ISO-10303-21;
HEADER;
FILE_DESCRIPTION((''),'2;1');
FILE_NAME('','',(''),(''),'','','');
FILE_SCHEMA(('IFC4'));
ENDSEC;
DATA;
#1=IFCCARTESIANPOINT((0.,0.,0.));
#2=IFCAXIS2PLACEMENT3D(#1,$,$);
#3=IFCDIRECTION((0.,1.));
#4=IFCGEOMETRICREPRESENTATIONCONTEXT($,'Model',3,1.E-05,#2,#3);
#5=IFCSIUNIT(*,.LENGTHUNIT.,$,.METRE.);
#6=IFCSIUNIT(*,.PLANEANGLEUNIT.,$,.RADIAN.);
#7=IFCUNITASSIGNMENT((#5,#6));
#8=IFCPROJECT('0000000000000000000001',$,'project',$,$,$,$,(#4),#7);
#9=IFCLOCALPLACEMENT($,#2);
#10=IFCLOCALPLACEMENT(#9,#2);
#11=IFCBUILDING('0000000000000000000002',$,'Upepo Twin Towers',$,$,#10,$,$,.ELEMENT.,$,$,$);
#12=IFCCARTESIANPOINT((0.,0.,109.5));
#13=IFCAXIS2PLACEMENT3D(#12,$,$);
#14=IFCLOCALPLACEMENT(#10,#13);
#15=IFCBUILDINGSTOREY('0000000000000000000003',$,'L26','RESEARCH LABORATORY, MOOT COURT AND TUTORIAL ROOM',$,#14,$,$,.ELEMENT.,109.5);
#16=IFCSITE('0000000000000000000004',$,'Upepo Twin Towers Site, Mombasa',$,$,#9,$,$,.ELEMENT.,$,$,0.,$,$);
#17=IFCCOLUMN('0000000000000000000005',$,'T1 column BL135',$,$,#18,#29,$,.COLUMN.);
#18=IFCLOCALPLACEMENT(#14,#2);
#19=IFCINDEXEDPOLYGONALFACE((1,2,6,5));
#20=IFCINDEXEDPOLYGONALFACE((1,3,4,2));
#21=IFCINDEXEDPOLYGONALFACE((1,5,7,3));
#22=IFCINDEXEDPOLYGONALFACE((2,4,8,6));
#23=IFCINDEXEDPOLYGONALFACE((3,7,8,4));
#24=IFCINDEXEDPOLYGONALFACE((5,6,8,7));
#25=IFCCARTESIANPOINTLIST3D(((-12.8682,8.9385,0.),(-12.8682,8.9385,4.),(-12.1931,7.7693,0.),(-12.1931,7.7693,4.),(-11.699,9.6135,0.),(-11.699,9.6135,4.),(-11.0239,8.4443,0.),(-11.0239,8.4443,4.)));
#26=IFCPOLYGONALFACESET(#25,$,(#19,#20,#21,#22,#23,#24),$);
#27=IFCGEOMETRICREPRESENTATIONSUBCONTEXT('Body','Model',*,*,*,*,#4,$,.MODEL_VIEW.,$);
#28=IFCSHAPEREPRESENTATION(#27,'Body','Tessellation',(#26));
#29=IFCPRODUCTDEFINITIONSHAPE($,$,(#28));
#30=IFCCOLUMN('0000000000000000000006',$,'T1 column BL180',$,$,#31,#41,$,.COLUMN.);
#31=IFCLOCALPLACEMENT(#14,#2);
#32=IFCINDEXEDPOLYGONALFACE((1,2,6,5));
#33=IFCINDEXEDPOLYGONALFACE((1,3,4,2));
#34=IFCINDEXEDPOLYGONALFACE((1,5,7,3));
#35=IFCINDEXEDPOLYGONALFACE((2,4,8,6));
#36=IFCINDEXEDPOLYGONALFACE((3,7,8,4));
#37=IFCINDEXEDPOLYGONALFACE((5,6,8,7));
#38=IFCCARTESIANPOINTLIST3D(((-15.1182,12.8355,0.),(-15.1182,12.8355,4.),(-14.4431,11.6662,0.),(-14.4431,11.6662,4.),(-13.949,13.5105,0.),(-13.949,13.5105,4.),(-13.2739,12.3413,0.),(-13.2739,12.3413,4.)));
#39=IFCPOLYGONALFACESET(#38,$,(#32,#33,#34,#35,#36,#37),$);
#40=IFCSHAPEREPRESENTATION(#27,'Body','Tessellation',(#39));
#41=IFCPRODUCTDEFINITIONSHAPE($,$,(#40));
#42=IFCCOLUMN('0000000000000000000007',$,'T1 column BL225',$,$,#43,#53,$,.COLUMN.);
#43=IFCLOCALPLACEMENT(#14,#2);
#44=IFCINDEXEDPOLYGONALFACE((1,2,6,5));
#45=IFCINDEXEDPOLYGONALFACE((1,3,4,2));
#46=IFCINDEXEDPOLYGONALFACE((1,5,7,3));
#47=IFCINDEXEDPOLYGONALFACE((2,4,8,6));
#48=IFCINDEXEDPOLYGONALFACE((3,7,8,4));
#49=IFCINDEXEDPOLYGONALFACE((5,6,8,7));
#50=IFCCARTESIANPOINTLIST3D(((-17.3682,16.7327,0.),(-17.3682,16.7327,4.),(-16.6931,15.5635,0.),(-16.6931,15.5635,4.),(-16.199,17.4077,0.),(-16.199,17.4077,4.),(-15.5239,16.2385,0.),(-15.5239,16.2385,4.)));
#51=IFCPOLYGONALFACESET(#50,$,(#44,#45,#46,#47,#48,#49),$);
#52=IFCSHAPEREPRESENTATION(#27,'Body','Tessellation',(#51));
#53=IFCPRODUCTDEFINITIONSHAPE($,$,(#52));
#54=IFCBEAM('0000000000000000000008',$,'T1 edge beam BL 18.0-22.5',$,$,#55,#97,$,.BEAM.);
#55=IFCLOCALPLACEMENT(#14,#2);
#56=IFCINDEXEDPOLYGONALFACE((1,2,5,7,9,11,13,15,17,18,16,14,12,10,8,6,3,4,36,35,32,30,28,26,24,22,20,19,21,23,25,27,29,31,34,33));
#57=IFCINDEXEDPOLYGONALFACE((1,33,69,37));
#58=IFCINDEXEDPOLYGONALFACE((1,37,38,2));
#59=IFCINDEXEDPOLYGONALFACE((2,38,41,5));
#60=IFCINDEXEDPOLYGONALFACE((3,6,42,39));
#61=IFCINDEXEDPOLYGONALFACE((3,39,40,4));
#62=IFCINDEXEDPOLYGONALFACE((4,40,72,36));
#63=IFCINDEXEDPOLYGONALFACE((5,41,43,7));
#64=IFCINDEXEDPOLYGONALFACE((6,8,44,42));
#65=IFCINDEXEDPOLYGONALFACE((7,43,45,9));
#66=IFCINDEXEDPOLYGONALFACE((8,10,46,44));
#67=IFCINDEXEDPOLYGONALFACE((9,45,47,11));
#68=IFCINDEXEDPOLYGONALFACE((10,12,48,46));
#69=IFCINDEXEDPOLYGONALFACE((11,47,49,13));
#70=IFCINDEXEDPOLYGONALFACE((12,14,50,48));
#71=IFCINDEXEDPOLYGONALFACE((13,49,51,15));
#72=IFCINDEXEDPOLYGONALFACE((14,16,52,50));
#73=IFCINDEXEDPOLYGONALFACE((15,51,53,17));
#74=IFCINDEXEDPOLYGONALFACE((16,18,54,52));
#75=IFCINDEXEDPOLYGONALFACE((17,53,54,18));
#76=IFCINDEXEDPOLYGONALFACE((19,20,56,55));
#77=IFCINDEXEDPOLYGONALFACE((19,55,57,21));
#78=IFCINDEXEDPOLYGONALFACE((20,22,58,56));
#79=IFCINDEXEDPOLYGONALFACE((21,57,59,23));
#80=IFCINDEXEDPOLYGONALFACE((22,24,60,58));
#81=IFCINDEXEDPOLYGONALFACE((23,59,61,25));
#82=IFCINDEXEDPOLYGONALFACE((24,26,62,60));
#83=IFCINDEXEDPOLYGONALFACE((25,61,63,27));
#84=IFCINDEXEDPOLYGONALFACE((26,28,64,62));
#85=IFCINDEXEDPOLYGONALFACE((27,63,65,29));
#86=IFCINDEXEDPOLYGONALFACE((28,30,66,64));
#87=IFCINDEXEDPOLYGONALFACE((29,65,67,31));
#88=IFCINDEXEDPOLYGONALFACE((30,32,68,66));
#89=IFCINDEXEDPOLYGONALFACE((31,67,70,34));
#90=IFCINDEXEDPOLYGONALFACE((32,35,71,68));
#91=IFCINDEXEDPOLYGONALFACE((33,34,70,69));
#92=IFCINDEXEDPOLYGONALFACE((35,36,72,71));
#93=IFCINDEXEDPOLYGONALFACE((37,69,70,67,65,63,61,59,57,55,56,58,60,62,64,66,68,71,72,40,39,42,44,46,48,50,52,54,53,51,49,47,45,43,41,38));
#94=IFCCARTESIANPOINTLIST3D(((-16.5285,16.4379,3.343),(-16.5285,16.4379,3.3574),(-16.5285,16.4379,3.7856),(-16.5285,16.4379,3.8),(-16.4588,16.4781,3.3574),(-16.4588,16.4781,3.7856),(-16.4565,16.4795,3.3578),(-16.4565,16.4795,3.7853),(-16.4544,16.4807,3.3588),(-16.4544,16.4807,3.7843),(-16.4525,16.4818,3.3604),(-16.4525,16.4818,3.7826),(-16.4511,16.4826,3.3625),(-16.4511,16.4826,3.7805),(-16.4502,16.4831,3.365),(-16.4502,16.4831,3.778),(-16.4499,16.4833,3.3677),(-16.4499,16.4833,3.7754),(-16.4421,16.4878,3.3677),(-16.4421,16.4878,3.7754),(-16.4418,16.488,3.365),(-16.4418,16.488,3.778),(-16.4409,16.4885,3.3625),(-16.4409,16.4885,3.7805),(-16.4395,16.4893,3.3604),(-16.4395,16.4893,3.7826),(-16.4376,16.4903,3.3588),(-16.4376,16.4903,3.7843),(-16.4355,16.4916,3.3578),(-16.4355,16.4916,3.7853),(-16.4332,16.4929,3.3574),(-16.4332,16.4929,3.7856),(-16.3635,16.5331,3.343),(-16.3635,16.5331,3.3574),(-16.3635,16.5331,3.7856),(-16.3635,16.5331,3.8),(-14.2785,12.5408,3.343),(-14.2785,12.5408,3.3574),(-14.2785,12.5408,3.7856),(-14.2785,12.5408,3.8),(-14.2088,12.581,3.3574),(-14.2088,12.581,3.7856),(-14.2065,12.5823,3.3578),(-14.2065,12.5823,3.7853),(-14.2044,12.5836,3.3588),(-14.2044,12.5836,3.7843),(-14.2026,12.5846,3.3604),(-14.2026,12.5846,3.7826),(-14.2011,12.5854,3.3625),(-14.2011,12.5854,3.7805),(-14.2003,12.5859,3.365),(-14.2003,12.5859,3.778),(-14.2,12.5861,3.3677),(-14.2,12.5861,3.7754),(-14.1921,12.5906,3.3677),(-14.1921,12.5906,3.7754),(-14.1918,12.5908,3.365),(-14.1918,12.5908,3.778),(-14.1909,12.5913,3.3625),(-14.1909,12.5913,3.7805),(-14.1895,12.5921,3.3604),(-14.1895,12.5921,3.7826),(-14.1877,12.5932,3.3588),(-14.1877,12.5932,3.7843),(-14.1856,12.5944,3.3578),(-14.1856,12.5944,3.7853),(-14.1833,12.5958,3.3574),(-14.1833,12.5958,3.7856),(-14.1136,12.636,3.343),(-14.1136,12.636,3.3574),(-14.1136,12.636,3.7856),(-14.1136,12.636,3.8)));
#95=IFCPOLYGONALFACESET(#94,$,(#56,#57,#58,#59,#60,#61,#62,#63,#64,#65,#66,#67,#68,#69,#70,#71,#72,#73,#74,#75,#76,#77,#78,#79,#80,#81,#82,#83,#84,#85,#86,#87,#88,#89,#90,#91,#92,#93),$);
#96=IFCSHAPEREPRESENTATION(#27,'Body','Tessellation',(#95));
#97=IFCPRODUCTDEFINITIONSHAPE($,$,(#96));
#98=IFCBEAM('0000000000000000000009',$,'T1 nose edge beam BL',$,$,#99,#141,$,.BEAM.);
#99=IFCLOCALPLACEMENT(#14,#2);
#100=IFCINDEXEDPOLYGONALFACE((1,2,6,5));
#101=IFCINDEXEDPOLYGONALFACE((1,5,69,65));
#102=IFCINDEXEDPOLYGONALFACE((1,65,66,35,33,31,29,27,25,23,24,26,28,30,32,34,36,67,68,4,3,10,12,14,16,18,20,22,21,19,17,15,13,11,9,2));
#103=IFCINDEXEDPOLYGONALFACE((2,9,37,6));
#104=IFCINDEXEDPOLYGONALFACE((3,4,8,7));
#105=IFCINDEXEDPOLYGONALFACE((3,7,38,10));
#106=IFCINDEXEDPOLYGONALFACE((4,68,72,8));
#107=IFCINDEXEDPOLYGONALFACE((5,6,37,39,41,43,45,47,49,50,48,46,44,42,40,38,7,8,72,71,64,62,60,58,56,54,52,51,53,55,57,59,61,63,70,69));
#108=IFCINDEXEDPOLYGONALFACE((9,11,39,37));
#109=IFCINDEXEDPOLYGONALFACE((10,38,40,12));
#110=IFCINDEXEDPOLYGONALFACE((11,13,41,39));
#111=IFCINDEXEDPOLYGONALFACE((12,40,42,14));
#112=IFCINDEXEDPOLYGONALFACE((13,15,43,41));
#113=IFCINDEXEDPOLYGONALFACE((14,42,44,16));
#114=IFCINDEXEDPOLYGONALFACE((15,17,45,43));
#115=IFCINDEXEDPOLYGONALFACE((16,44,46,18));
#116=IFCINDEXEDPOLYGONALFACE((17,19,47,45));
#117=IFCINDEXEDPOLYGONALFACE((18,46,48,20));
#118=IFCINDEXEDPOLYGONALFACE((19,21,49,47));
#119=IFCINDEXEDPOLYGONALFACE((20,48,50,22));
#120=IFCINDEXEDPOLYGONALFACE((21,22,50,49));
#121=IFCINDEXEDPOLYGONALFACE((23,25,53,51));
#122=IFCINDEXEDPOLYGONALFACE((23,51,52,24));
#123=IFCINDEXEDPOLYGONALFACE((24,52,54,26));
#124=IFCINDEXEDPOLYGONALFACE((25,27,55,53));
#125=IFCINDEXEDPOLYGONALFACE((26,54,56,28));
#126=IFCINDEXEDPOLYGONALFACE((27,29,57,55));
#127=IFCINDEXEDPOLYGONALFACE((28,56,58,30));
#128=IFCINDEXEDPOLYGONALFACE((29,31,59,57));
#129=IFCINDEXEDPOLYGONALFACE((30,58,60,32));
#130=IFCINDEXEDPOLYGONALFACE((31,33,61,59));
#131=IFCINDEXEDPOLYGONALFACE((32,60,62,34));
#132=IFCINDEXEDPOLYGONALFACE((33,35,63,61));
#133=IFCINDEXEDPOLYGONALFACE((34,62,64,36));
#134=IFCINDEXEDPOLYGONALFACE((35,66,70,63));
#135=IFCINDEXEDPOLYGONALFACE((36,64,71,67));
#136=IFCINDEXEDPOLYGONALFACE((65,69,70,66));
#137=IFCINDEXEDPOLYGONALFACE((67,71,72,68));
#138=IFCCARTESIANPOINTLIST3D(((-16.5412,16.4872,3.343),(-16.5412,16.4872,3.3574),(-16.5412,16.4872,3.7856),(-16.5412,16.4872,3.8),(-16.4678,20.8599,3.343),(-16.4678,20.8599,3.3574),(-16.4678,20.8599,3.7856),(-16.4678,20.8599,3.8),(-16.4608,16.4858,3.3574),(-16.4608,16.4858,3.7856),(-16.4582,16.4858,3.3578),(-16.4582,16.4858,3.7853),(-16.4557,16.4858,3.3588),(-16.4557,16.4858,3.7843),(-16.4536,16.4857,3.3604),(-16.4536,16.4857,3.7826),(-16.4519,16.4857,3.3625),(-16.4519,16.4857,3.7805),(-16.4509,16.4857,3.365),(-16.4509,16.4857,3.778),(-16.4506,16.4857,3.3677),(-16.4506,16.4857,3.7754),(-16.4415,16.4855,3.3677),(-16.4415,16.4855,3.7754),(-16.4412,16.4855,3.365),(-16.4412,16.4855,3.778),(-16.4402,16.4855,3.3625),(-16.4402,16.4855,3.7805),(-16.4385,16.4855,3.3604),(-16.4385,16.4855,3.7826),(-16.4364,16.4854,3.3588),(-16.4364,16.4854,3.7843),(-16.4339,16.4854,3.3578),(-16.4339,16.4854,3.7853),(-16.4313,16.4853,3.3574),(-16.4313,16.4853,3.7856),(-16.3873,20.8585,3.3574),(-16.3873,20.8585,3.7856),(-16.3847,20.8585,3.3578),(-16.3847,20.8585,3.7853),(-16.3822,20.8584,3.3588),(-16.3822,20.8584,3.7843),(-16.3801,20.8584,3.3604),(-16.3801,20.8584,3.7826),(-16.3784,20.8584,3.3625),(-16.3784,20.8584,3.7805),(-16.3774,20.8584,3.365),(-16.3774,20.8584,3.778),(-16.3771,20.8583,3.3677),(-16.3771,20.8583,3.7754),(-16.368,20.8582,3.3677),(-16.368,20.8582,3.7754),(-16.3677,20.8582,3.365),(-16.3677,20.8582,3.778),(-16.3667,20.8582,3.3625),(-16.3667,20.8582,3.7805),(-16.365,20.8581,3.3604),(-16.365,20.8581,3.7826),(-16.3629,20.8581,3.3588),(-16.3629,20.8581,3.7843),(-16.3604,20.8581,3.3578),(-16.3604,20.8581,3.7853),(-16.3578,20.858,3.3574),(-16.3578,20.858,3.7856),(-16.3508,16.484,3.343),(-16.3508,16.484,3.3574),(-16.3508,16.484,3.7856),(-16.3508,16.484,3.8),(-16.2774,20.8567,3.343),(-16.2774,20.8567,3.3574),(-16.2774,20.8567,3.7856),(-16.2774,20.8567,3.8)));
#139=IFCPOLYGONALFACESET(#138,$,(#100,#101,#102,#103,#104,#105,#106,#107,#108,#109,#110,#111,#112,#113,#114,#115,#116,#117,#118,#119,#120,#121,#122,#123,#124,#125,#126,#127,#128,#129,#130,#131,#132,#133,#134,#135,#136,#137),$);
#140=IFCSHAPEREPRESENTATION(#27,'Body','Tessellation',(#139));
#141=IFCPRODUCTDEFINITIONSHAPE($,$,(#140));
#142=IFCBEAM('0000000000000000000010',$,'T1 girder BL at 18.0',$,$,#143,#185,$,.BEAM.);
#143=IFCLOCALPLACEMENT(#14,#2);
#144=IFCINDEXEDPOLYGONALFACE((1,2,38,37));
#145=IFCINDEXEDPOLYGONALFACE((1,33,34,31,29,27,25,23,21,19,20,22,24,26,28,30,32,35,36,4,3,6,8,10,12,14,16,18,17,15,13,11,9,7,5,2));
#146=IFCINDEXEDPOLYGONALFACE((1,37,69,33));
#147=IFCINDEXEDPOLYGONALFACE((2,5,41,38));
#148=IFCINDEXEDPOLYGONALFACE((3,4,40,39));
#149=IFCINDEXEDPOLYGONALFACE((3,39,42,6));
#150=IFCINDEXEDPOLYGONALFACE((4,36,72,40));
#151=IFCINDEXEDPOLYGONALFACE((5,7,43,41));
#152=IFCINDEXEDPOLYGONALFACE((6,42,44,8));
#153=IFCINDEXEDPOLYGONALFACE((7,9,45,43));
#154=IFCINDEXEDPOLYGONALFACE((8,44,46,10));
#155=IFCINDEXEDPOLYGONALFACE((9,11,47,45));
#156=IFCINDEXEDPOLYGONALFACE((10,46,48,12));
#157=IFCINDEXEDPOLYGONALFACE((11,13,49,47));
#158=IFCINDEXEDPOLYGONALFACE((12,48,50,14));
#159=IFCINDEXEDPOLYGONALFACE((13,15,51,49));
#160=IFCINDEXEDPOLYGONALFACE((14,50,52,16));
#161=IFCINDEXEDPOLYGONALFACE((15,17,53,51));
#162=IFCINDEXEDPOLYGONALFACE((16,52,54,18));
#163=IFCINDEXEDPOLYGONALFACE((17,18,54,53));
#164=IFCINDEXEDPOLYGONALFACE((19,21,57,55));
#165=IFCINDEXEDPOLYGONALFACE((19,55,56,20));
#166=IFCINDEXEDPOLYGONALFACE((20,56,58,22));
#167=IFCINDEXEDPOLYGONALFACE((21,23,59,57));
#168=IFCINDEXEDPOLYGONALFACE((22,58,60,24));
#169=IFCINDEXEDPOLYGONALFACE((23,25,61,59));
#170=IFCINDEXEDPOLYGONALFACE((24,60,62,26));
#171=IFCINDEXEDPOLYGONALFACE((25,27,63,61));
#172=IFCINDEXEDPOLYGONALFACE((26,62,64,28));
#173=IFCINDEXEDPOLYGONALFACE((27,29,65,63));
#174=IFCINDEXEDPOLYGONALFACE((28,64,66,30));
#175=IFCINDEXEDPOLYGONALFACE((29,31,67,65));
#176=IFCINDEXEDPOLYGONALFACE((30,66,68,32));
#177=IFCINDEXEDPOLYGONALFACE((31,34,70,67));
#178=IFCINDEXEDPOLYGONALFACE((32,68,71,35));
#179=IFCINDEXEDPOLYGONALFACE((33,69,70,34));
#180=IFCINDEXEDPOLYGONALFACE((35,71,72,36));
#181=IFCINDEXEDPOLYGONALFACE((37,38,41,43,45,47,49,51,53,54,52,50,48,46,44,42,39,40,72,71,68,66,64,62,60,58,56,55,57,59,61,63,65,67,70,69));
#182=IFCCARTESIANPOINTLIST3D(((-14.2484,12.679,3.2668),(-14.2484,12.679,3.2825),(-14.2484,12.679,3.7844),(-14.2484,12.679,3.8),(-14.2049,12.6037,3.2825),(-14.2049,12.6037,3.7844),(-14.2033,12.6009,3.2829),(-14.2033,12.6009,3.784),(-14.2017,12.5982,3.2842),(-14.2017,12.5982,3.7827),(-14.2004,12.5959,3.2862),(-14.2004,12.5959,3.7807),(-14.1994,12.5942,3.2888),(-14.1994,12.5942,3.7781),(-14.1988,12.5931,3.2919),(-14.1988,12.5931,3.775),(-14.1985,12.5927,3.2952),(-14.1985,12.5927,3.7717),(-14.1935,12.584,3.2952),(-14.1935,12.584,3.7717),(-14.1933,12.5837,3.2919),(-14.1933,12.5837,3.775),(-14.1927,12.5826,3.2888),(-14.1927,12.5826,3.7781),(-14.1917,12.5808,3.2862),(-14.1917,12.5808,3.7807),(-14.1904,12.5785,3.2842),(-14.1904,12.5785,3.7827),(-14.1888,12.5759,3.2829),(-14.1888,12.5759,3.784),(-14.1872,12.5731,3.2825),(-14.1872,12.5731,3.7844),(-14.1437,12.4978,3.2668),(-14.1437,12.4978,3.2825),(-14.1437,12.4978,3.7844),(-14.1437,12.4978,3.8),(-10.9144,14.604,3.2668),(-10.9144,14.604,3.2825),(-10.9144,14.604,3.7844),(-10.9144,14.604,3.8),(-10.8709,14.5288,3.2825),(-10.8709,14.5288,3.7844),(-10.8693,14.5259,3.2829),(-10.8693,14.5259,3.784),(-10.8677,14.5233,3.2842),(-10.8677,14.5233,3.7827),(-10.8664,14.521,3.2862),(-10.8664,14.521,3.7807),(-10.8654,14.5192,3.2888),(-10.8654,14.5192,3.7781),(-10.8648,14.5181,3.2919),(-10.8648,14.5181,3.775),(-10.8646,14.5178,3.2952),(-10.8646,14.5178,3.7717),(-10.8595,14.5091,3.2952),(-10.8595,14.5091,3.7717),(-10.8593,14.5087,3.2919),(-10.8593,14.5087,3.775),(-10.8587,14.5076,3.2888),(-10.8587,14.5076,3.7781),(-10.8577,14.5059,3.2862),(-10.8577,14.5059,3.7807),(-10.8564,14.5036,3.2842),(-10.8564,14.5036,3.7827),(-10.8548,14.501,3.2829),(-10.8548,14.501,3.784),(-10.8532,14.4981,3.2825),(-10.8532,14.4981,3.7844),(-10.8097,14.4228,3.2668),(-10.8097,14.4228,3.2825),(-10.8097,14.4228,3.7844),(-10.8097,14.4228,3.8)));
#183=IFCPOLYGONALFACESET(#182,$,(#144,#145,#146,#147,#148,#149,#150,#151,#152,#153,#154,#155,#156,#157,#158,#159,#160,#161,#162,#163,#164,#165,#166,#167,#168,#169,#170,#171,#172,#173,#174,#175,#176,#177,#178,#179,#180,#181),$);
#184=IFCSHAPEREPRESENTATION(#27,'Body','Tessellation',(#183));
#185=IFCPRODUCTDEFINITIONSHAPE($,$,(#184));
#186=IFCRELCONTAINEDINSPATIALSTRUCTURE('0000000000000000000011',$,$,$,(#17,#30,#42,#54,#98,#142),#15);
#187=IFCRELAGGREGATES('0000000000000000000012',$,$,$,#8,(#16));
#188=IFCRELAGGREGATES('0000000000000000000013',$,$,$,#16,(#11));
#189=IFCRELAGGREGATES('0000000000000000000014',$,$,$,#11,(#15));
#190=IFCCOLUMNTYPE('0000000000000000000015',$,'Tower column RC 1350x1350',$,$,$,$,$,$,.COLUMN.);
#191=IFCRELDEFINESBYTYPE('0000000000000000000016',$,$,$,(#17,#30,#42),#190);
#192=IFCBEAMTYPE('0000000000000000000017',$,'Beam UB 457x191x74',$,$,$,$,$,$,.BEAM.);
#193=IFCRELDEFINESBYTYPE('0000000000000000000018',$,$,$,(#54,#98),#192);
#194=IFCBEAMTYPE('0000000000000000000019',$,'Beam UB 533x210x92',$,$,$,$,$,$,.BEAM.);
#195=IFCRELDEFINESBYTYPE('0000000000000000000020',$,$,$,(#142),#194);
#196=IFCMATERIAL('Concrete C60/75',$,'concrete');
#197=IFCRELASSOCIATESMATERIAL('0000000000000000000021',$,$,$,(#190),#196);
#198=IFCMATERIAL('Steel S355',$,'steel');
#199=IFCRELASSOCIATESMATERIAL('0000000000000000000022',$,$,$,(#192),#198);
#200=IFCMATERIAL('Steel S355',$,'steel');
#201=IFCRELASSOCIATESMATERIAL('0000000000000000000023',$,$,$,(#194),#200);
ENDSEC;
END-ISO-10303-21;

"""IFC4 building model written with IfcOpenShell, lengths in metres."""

from ifc_helpers import new_model, si_unit, direction, frame, origin, origin_2d, place, context, subcontext, project, spatial, rectangle, i_section, extrude, material, material_profile, profile_set, type_object, element, save


model = new_model("IFC4")

# Units and contexts
model_context = context("Model", 3, precision=1e-05, world=origin(), true_north=direction((0.0, 1.0)))
body_context = subcontext(model_context, "Body", "Model", "MODEL_VIEW")
ifc_project = project(units=[si_unit("LENGTHUNIT", "METRE"), si_unit("PLANEANGLEUNIT", "RADIAN")], contexts=[model_context])

# Site, building, storey
site_placement = place(None, origin())
site = spatial("IfcSite", under=ifc_project, at=site_placement, Name="Upepo Twin Towers Site, Mombasa", CompositionType="ELEMENT", RefElevation=0.0)
building_placement = place(site_placement, origin())
building = spatial("IfcBuilding", under=site, at=building_placement, Name="Upepo Twin Towers", CompositionType="ELEMENT")
storey_placement = place(building_placement, frame((0.0, 0.0, 109.5)))
storey = spatial("IfcBuildingStorey", under=building, at=storey_placement, Name="L26", Description="RESEARCH LABORATORY, MOOT COURT AND TUTORIAL ROOM", CompositionType="ELEMENT", Elevation=109.5)

# Columns
ifc_material_1 = material(Name="Concrete C60/75", Category="concrete")
ifc_material_profile_1 = material_profile(ifc_material_1, rectangle(XDim=1.3501, YDim=1.3501, at=origin_2d()), Name="RC 1350x1350")
ifc_profile_set_1 = profile_set([ifc_material_profile_1], Name="Concrete C60/75")
column_type = type_object("IfcColumnType", Name="Tower column RC 1350x1350", PredefinedType="COLUMN", material=ifc_profile_set_1)
for number, where, z_axis, x_axis, name in (
    (1, (-11.946, 8.6914, 0.0), (0.0, 0.0, 1.0), (0.866025, 0.5, 0.0), "T1 column BL135"),
    (2, (-14.196, 12.5884, 0.0), (0.0, 0.0, 1.0), (0.866025, 0.5, 0.0), "T1 column BL180"),
    (3, (-16.446, 16.4856, 0.0), (0.0, 0.0, 1.0), (0.866025, 0.5, 0.0), "T1 column BL225"),
):
    element("IfcColumn", number, at=place(storey_placement, frame(where, z_axis=z_axis, x_axis=x_axis)), inside=storey, type_object=column_type, Name=name, PredefinedType="COLUMN", context=body_context, shape_type="SweptSolid", body=[
        extrude(rectangle(XDim=1.3501, YDim=1.3501, at=origin_2d()), origin(), (0.0, 0.0, 1.0), 4.0),
    ])

# Beams
ifc_material_2 = material(Name="Steel S355", Category="steel")
ifc_material_profile_2 = material_profile(ifc_material_2, i_section(OverallWidth=0.1904, OverallDepth=0.457, WebThickness=0.009, FlangeThickness=0.0144, FilletRadius=0.0103, at=origin_2d()), Name="UB 457x191x74")
ifc_profile_set_2 = profile_set([ifc_material_profile_2], Name="Steel S355")
beam_type_1 = type_object("IfcBeamType", Name="Beam UB 457x191x74", PredefinedType="BEAM", material=ifc_profile_set_2)
beam_1_placement = place(storey_placement, frame((-14.196, 12.5884, 3.5715), z_axis=(-0.49999, 0.866031, 0.0), x_axis=(-0.866031, -0.49999, 0.0)))
element("IfcBeam", 4, at=beam_1_placement, inside=storey, type_object=beam_type_1, Name="T1 edge beam BL 18.0-22.5", PredefinedType="BEAM", context=body_context, shape_type="SweptSolid", body=[
    extrude(i_section(OverallWidth=0.1904, OverallDepth=0.457, WebThickness=0.009, FlangeThickness=0.0144, FilletRadius=0.0103, at=origin_2d()), origin(), (0.0, 0.0, 1.0), 4.5),
])
beam_2_placement = place(storey_placement, frame((-16.446, 16.4856, 3.5715), z_axis=(0.016804, 0.999859, 0.0), x_axis=(-0.999859, 0.016804, 0.0)))
element("IfcBeam", 5, at=beam_2_placement, inside=storey, type_object=beam_type_1, Name="T1 nose edge beam BL", PredefinedType="BEAM", context=body_context, shape_type="SweptSolid", body=[
    extrude(i_section(OverallWidth=0.1904, OverallDepth=0.457, WebThickness=0.009, FlangeThickness=0.0144, FilletRadius=0.0103, at=origin_2d()), origin(), (0.0, 0.0, 1.0), 4.3733),
])
ifc_material_3 = material(Name="Steel S355", Category="steel")
ifc_material_profile_3 = material_profile(ifc_material_3, i_section(OverallWidth=0.2092, OverallDepth=0.5332, WebThickness=0.01, FlangeThickness=0.0156, FilletRadius=0.0127, at=origin_2d()), Name="UB 533x210x92")
ifc_profile_set_3 = profile_set([ifc_material_profile_3], Name="Steel S355")
beam_type_2 = type_object("IfcBeamType", Name="Beam UB 533x210x92", PredefinedType="BEAM", material=ifc_profile_set_3)
for number, where, z_axis, x_axis, name in (
    (6, (-14.196, 12.5884, 3.5334), (0.866006, 0.500034, 0.0), (-0.500034, 0.866006, 0.0), "T1 girder BL at 18.0"),
):
    element("IfcBeam", number, at=place(storey_placement, frame(where, z_axis=z_axis, x_axis=x_axis)), inside=storey, type_object=beam_type_2, Name=name, PredefinedType="BEAM", context=body_context, shape_type="SweptSolid", body=[
        extrude(i_section(OverallWidth=0.2092, OverallDepth=0.5332, WebThickness=0.01, FlangeThickness=0.0156, FilletRadius=0.0127, at=origin_2d()), origin(), (0.0, 0.0, 1.0), 3.8499),
    ])

save(model, "model.ifc")
